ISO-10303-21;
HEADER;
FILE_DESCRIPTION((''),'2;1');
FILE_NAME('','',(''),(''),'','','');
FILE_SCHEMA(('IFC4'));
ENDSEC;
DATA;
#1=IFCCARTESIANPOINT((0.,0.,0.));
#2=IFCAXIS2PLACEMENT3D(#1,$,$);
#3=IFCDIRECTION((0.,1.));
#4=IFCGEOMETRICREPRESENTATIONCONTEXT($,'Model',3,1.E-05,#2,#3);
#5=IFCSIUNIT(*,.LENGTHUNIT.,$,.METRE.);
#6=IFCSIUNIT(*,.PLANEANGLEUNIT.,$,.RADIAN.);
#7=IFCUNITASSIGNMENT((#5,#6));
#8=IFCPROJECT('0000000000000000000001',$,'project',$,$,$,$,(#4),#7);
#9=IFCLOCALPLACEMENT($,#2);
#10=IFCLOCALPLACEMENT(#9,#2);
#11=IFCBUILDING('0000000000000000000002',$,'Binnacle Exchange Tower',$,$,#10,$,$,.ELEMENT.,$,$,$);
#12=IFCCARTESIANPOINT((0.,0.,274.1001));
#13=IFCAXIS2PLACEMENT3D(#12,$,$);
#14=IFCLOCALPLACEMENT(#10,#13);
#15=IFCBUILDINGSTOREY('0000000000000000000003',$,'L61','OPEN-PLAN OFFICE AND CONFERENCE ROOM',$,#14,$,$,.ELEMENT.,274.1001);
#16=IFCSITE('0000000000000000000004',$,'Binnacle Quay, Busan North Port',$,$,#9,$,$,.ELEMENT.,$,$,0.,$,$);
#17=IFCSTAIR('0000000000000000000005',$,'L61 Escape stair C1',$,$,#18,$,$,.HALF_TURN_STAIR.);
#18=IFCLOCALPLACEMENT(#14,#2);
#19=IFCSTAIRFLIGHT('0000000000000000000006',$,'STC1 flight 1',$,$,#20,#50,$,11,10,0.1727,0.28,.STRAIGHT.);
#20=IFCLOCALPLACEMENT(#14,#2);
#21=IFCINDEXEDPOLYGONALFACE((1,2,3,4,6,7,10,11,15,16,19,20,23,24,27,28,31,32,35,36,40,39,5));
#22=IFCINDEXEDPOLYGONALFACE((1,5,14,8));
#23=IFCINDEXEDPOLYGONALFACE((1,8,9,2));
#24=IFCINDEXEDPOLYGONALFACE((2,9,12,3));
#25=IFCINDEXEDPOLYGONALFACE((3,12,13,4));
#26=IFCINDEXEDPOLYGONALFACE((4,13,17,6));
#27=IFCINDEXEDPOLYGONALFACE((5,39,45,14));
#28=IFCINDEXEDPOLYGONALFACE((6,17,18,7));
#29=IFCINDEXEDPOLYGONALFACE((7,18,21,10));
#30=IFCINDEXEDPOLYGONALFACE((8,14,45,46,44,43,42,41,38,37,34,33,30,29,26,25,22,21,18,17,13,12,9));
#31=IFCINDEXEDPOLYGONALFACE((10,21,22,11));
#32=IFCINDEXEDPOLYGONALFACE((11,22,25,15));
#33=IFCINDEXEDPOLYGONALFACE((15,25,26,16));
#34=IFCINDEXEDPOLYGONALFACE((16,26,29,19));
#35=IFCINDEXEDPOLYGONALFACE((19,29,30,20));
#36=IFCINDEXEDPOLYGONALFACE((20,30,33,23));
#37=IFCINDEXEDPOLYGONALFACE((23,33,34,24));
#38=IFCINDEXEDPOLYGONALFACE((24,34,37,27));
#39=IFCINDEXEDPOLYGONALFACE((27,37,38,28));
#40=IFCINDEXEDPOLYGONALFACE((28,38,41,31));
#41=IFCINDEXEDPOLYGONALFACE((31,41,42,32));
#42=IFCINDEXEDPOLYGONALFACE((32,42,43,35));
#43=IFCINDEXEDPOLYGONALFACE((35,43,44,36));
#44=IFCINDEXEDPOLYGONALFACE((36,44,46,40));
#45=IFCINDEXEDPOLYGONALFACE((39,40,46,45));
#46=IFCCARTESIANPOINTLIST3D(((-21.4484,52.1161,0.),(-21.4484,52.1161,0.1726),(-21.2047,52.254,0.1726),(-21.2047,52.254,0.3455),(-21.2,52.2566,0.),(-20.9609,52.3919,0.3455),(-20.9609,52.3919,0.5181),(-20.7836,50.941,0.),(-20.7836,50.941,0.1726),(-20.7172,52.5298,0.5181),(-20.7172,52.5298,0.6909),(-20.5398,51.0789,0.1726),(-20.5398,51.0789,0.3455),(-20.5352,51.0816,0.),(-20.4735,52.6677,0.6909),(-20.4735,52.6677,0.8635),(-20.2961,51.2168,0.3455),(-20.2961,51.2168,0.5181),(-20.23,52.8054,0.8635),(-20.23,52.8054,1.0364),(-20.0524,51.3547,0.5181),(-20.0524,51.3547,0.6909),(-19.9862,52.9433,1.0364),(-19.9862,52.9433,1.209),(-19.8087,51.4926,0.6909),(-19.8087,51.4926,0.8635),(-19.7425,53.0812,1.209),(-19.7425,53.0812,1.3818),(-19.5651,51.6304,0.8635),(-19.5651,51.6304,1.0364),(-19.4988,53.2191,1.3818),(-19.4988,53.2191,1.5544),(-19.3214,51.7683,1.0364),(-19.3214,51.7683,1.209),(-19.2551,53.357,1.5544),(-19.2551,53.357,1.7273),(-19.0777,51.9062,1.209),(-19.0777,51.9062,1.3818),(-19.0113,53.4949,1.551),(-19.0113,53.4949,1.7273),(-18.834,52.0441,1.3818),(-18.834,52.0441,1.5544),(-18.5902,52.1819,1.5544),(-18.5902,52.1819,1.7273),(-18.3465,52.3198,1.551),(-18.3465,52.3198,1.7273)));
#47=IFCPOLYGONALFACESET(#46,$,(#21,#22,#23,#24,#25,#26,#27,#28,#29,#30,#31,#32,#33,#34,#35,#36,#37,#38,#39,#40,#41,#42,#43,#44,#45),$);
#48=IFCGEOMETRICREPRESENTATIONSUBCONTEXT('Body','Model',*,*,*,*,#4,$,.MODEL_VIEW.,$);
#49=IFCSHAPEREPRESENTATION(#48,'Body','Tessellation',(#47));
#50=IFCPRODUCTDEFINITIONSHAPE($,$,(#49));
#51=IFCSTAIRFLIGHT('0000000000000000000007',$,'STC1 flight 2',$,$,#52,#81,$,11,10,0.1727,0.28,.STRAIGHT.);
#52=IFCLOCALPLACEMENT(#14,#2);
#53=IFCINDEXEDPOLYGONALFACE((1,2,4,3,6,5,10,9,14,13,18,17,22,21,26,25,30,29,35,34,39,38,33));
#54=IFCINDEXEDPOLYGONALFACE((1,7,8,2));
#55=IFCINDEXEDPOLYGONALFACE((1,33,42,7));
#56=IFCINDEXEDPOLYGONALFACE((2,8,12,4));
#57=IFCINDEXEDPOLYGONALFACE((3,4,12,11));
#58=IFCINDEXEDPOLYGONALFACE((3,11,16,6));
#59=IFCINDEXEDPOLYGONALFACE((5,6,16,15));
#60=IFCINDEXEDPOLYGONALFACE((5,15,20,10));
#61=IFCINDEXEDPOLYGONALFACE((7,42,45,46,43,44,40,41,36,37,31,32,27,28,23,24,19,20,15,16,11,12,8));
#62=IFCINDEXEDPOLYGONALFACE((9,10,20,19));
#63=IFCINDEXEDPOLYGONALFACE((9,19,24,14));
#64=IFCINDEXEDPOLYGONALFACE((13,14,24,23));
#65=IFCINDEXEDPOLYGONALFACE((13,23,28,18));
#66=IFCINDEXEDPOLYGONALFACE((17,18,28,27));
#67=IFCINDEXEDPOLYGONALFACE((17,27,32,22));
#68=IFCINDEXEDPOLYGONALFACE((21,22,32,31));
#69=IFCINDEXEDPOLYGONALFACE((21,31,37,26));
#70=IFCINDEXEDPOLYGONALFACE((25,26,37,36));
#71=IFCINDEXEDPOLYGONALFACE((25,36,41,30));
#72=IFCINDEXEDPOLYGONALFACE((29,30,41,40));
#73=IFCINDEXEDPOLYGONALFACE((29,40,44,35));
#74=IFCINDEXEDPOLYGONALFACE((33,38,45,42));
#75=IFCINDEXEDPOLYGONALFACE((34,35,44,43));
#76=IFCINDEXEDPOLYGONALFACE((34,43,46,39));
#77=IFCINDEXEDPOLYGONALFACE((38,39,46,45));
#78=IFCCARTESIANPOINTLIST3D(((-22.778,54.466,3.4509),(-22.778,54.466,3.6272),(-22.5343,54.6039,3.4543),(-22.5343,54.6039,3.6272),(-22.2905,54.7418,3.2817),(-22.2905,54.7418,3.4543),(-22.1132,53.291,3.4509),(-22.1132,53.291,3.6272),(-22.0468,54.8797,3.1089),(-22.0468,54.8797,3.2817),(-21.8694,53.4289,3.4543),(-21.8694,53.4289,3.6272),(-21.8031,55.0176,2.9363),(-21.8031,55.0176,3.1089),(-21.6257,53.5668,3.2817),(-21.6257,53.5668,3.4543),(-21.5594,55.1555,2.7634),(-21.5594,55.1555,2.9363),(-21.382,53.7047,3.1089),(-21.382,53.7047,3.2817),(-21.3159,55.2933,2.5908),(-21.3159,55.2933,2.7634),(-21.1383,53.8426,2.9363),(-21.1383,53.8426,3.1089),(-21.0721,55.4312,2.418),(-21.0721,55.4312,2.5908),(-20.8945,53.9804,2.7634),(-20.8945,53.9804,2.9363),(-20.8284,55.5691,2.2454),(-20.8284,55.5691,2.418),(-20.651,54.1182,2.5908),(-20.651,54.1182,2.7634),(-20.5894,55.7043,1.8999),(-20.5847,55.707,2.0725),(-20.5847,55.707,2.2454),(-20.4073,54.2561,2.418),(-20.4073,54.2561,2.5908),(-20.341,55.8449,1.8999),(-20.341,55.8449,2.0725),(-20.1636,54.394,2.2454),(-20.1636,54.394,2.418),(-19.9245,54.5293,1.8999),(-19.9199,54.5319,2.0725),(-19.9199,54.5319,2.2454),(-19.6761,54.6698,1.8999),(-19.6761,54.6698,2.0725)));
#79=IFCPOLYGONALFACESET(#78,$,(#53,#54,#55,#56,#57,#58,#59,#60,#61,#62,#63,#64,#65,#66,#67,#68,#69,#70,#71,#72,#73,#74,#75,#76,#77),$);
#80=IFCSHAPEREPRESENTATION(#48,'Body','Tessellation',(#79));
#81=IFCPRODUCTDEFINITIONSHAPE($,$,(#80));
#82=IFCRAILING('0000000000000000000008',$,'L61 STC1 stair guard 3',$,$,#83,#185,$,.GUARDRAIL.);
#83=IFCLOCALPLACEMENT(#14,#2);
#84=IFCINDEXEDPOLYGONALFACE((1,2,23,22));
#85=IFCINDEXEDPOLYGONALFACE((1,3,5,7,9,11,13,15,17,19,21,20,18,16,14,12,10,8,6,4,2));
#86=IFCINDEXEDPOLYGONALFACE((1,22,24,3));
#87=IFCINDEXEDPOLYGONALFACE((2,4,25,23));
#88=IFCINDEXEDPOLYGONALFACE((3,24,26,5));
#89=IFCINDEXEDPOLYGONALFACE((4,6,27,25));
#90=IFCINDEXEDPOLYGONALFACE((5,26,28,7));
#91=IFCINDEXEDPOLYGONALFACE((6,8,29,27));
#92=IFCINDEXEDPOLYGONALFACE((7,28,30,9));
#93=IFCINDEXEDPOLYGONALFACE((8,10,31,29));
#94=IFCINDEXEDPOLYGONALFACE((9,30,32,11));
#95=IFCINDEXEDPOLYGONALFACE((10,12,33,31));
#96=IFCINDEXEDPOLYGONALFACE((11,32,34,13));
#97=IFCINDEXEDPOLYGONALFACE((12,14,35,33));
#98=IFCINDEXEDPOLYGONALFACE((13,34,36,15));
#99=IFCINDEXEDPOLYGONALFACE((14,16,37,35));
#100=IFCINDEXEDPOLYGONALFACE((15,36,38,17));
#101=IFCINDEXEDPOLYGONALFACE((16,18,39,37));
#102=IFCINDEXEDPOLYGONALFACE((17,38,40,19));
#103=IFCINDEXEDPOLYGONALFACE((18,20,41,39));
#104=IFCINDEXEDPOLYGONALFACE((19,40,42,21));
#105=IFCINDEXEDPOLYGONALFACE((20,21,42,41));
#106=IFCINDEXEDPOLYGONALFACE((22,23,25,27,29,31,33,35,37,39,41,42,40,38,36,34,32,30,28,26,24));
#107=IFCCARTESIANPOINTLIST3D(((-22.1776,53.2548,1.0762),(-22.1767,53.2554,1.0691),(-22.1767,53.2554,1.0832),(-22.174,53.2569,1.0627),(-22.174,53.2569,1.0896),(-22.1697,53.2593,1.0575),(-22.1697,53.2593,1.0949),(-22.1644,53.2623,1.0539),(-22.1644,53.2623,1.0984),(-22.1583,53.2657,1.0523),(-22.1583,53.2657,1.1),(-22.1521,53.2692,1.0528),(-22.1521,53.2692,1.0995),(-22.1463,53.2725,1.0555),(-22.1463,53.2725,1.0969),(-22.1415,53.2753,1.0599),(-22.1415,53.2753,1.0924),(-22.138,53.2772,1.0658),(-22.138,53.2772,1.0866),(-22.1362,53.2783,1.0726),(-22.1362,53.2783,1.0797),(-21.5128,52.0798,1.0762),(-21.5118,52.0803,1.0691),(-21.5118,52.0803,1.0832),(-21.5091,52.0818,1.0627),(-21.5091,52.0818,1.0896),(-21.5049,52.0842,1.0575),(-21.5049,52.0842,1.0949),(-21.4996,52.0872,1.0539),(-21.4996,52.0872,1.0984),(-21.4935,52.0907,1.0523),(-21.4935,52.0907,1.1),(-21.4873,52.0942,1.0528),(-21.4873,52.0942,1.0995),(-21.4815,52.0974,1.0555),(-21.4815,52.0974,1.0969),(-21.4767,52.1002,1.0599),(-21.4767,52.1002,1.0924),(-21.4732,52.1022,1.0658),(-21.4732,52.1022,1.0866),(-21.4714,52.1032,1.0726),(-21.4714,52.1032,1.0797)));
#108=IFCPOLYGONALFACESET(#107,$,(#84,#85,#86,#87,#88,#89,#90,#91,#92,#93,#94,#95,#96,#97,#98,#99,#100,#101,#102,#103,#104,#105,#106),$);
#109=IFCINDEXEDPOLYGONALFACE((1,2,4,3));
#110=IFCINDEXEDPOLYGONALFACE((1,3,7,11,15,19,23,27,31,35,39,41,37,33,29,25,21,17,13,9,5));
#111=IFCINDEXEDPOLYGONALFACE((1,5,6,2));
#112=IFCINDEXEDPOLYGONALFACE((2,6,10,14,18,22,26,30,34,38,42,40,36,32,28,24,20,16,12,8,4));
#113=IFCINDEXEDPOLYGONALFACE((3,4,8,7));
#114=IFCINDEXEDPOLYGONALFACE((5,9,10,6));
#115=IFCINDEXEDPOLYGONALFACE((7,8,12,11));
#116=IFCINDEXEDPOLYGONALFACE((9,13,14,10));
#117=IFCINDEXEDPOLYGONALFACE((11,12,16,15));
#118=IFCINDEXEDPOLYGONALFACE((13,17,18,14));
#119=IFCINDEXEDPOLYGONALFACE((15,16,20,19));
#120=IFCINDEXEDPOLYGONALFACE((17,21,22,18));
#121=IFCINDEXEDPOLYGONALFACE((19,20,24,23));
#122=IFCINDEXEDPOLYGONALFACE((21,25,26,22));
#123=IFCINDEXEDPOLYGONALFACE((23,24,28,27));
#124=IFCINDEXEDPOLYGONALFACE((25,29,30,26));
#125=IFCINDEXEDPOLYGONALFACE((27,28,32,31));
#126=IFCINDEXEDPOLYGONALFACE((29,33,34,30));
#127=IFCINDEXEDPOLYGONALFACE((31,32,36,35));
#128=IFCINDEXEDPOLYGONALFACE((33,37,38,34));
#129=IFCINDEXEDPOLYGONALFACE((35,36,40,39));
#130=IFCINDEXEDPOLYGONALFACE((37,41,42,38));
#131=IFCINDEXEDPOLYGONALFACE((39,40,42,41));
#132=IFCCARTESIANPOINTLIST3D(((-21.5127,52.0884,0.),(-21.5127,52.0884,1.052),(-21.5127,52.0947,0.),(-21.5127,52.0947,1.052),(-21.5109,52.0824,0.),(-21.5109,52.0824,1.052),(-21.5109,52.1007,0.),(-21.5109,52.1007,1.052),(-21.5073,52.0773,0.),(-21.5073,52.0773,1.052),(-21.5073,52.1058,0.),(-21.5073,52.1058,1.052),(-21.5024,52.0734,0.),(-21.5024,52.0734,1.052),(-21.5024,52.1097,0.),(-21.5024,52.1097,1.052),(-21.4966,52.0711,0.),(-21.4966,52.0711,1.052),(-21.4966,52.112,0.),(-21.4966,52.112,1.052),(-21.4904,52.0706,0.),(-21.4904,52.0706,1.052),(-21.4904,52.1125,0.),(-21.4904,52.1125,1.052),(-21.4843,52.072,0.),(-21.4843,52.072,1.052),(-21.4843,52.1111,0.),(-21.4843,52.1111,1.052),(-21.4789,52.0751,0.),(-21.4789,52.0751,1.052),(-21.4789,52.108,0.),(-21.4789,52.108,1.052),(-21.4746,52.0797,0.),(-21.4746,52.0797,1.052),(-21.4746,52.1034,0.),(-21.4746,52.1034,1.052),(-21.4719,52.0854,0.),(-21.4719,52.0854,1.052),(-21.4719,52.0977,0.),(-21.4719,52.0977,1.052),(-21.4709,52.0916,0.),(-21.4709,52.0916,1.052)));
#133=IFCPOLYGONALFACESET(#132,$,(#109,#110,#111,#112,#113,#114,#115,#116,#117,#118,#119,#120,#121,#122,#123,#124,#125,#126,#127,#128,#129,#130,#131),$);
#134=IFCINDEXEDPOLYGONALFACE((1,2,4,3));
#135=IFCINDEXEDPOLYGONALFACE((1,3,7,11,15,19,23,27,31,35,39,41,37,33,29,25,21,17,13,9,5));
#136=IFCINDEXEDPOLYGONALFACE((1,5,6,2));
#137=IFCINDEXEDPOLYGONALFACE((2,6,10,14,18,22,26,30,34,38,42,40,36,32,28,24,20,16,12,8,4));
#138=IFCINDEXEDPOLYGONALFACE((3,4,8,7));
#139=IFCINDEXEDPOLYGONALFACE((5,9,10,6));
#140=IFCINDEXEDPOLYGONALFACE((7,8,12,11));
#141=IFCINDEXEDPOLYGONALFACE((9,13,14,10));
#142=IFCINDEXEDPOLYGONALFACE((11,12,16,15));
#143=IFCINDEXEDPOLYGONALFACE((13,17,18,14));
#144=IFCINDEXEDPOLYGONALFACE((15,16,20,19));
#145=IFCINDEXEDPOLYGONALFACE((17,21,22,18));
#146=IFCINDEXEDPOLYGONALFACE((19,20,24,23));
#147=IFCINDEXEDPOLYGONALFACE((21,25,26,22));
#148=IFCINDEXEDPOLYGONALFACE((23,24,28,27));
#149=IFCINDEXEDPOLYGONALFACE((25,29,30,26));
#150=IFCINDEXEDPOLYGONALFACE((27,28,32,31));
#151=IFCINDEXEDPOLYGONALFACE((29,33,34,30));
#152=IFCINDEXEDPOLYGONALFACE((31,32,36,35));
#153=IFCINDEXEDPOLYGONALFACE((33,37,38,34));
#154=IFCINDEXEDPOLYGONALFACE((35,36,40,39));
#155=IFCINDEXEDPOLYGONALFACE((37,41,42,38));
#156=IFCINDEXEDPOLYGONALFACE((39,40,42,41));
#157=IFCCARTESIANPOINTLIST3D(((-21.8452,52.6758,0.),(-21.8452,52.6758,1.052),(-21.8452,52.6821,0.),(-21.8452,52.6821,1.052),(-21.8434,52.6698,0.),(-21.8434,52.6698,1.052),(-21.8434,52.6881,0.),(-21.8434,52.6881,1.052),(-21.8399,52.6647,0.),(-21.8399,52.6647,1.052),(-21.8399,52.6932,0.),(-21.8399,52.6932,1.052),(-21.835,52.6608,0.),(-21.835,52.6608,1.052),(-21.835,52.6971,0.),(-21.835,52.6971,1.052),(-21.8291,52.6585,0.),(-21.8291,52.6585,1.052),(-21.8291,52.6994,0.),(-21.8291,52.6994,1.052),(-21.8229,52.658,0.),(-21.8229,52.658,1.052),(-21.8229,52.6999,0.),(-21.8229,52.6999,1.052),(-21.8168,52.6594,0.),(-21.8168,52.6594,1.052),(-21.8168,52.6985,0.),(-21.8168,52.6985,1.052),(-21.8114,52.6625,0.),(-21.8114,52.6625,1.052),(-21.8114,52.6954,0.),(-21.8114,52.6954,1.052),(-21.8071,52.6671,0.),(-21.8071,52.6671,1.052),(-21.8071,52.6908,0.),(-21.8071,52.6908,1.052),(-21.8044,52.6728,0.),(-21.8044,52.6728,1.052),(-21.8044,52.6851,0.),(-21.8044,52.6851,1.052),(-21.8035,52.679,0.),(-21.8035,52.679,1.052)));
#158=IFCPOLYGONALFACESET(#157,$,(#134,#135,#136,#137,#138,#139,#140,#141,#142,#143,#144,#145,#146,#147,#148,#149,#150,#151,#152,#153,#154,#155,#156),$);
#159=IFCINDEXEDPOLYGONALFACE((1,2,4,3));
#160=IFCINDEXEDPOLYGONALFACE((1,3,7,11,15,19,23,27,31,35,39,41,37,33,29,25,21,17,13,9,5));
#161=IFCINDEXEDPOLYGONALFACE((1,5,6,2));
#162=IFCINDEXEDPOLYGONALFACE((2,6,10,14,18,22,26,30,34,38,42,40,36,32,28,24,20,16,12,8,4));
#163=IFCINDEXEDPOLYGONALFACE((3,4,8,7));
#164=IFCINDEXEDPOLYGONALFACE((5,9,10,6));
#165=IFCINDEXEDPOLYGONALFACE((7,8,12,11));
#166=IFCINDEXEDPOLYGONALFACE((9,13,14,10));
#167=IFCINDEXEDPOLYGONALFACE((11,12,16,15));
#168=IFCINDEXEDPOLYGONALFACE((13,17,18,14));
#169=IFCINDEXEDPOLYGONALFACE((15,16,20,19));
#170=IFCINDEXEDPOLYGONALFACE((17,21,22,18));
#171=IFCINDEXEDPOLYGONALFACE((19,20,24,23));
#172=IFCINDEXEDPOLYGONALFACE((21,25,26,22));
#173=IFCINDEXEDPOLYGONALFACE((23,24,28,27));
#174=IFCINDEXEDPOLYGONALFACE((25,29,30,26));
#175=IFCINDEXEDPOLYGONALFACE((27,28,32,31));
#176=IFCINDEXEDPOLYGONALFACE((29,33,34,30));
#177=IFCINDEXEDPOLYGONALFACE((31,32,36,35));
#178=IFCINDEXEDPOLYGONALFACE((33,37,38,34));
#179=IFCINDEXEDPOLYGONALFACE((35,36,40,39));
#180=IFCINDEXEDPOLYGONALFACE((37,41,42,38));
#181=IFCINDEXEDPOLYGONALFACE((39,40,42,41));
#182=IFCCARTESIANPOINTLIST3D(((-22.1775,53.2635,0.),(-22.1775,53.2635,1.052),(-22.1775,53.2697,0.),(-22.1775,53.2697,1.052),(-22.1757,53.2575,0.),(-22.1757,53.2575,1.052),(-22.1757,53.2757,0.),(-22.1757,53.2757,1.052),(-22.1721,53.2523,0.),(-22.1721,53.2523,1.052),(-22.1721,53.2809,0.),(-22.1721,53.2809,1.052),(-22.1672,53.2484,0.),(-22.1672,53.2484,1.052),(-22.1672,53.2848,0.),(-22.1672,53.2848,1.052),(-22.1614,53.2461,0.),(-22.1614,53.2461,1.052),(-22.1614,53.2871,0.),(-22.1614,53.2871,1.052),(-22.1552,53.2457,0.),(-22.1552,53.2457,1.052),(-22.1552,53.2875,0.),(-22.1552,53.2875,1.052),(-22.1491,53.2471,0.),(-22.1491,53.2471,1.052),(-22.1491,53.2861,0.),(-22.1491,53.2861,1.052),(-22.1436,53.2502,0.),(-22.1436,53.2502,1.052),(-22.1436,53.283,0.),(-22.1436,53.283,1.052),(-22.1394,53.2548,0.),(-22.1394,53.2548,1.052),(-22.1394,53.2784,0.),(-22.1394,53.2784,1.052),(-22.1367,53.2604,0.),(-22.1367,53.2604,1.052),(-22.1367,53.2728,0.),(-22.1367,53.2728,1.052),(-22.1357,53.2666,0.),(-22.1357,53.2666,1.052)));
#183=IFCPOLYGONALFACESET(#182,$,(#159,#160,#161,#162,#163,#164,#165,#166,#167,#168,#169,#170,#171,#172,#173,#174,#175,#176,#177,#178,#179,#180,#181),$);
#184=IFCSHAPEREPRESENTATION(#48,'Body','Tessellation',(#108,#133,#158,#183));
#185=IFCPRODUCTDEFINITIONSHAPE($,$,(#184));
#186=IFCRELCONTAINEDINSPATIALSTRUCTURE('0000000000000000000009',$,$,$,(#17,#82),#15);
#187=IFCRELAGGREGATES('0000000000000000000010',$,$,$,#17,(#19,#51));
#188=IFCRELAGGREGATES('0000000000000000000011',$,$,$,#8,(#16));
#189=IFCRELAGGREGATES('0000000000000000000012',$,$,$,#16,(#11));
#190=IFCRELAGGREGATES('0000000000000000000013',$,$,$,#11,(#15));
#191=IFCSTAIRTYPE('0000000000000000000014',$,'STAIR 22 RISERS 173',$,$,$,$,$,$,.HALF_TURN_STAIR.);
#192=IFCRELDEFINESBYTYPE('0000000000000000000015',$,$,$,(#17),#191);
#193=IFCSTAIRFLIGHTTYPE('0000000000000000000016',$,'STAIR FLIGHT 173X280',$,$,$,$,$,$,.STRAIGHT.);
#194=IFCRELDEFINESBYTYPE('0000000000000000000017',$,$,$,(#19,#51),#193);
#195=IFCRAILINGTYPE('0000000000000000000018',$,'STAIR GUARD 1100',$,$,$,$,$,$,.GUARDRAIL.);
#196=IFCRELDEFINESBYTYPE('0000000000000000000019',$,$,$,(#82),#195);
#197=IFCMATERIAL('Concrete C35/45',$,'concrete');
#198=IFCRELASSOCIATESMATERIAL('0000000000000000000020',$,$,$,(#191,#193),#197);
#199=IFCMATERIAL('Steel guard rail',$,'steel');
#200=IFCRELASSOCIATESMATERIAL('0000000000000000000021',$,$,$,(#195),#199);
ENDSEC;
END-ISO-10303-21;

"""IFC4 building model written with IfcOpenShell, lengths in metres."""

from ifc_helpers import new_model, si_unit, direction, frame, origin, origin_2d, place, context, subcontext, project, spatial, polyline, circle, outline, extrude, material, type_object, element, aggregate, save


model = new_model("IFC4")

# Units and contexts
model_context = context("Model", 3, precision=1e-05, world=origin(), true_north=direction((0.0, 1.0)))
body_context = subcontext(model_context, "Body", "Model", "MODEL_VIEW")
ifc_project = project(units=[si_unit("LENGTHUNIT", "METRE"), si_unit("PLANEANGLEUNIT", "RADIAN")], contexts=[model_context])

# Site, building, storey
site_placement = place(None, origin())
site = spatial("IfcSite", under=ifc_project, at=site_placement, Name="Binnacle Quay, Busan North Port", CompositionType="ELEMENT", RefElevation=0.0)
building_placement = place(site_placement, origin())
building = spatial("IfcBuilding", under=site, at=building_placement, Name="Binnacle Exchange Tower", CompositionType="ELEMENT")
storey_placement = place(building_placement, frame((0.0, 0.0, 274.1001)))
storey = spatial("IfcBuildingStorey", under=building, at=storey_placement, Name="L61", Description="OPEN-PLAN OFFICE AND CONFERENCE ROOM", CompositionType="ELEMENT", Elevation=274.1001)

# Stair, stair flights
ifc_material_1 = material(Name="Concrete C35/45", Category="concrete")
stair_type = type_object("IfcStairType", Name="STAIR 22 RISERS 173", PredefinedType="HALF_TURN_STAIR", material=ifc_material_1)
stair_placement = place(storey_placement, origin())
stair = element("IfcStair", 1, at=stair_placement, inside=storey, type_object=stair_type, Name="L61 Escape stair C1", PredefinedType="HALF_TURN_STAIR")
stair_flight_type = type_object("IfcStairFlightType", Name="STAIR FLIGHT 173X280", PredefinedType="STRAIGHT", material=ifc_material_1)
stair_flight_1_placement = place(storey_placement, frame((-21.116, 51.5286, 0.0), z_axis=(0.0, 0.0, 1.0), x_axis=(0.870356, 0.492424, 0.0)))
stair_flight_1 = element("IfcStairFlight", 2, at=stair_flight_1_placement, type_object=stair_flight_type, Name="STC1 flight 1", NumberOfRisers=11, NumberOfTreads=10, PredefinedType="STRAIGHT", RiserHeight=0.1727, TreadLength=0.28, context=body_context, shape_type="SweptSolid", body=[
    extrude(outline(polyline([(0.0, 0.0), (0.0, 0.1726), (0.28, 0.1726), (0.28, 0.3455), (0.5601, 0.3455), (0.5601, 0.5181), (0.8401, 0.5181), (0.8401, 0.6909), (1.1201, 0.6909), (1.1201, 0.8635), (1.3999, 0.8635), (1.3999, 1.0364), (1.6799, 1.0364), (1.6799, 1.209), (1.96, 1.209), (1.96, 1.3818), (2.24, 1.3818), (2.24, 1.5544), (2.52, 1.5544), (2.52, 1.7273), (2.8, 1.7273), (2.8, 1.8999), (2.8, 1.551), (0.2854, 0.0), (0.0, 0.0)])), frame((0.0, 0.675, 0.0), z_axis=(0.0, -1.0, 0.0), x_axis=(1.0, 0.0, 0.0)), (0.0, 0.0, 1.0), 1.3501),
])
stair_flight_2_placement = place(storey_placement, frame((-20.0085, 55.2573, 1.8999), z_axis=(0.0, 0.0, 1.0), x_axis=(-0.870356, -0.492424, 0.0)))
stair_flight_2 = element("IfcStairFlight", 3, at=stair_flight_2_placement, type_object=stair_flight_type, Name="STC1 flight 2", NumberOfRisers=11, NumberOfTreads=10, PredefinedType="STRAIGHT", RiserHeight=0.1727, TreadLength=0.28, context=body_context, shape_type="SweptSolid", body=[
    extrude(outline(polyline([(0.0, 0.0), (0.0, 0.1726), (0.28, 0.1726), (0.28, 0.3455), (0.5601, 0.3455), (0.5601, 0.5181), (0.8401, 0.5181), (0.8401, 0.6909), (1.1201, 0.6909), (1.1201, 0.8635), (1.3999, 0.8635), (1.3999, 1.0364), (1.6799, 1.0364), (1.6799, 1.209), (1.96, 1.209), (1.96, 1.3818), (2.24, 1.3818), (2.24, 1.5544), (2.52, 1.5544), (2.52, 1.7273), (2.8, 1.7273), (2.8, 1.8999), (2.8, 1.551), (0.2854, 0.0), (0.0, 0.0)])), frame((0.0, 0.675, 0.0), z_axis=(0.0, -1.0, 0.0), x_axis=(1.0, 0.0, 0.0)), (0.0, 0.0, 1.0), 1.3501),
])
aggregate(stair, [stair_flight_1, stair_flight_2])

# Railing
ifc_material_2 = material(Name="Steel guard rail", Category="steel")
railing_type_1 = type_object("IfcRailingType", Name="STAIR GUARD 1100", PredefinedType="GUARDRAIL", material=ifc_material_2)
railing_1_placement = place(storey_placement, frame((-21.4919, 52.0916, 0.0)))
element("IfcRailing", 4, at=railing_1_placement, inside=storey, type_object=railing_type_1, Name="L61 STC1 stair guard 3", PredefinedType="GUARDRAIL", context=body_context, shape_type="SweptSolid", body=[
    extrude(circle(Radius=0.0239, at=origin_2d()), frame((0.0, 0.0, 1.0762), z_axis=(-0.492415, 0.870361, 0.0), x_axis=(-0.870361, -0.492415, 0.0)), (0.0, 0.0, 1.0), 1.3501),
    extrude(circle(Radius=0.021, at=origin_2d()), origin(), (0.0, 0.0, 1.0), 1.052),
    extrude(circle(Radius=0.021, at=origin_2d()), frame((-0.3325, 0.5874, 0.0)), (0.0, 0.0, 1.0), 1.052),
    extrude(circle(Radius=0.021, at=origin_2d()), frame((-0.6648, 1.175, 0.0)), (0.0, 0.0, 1.0), 1.052),
])

save(model, "model.ifc")
